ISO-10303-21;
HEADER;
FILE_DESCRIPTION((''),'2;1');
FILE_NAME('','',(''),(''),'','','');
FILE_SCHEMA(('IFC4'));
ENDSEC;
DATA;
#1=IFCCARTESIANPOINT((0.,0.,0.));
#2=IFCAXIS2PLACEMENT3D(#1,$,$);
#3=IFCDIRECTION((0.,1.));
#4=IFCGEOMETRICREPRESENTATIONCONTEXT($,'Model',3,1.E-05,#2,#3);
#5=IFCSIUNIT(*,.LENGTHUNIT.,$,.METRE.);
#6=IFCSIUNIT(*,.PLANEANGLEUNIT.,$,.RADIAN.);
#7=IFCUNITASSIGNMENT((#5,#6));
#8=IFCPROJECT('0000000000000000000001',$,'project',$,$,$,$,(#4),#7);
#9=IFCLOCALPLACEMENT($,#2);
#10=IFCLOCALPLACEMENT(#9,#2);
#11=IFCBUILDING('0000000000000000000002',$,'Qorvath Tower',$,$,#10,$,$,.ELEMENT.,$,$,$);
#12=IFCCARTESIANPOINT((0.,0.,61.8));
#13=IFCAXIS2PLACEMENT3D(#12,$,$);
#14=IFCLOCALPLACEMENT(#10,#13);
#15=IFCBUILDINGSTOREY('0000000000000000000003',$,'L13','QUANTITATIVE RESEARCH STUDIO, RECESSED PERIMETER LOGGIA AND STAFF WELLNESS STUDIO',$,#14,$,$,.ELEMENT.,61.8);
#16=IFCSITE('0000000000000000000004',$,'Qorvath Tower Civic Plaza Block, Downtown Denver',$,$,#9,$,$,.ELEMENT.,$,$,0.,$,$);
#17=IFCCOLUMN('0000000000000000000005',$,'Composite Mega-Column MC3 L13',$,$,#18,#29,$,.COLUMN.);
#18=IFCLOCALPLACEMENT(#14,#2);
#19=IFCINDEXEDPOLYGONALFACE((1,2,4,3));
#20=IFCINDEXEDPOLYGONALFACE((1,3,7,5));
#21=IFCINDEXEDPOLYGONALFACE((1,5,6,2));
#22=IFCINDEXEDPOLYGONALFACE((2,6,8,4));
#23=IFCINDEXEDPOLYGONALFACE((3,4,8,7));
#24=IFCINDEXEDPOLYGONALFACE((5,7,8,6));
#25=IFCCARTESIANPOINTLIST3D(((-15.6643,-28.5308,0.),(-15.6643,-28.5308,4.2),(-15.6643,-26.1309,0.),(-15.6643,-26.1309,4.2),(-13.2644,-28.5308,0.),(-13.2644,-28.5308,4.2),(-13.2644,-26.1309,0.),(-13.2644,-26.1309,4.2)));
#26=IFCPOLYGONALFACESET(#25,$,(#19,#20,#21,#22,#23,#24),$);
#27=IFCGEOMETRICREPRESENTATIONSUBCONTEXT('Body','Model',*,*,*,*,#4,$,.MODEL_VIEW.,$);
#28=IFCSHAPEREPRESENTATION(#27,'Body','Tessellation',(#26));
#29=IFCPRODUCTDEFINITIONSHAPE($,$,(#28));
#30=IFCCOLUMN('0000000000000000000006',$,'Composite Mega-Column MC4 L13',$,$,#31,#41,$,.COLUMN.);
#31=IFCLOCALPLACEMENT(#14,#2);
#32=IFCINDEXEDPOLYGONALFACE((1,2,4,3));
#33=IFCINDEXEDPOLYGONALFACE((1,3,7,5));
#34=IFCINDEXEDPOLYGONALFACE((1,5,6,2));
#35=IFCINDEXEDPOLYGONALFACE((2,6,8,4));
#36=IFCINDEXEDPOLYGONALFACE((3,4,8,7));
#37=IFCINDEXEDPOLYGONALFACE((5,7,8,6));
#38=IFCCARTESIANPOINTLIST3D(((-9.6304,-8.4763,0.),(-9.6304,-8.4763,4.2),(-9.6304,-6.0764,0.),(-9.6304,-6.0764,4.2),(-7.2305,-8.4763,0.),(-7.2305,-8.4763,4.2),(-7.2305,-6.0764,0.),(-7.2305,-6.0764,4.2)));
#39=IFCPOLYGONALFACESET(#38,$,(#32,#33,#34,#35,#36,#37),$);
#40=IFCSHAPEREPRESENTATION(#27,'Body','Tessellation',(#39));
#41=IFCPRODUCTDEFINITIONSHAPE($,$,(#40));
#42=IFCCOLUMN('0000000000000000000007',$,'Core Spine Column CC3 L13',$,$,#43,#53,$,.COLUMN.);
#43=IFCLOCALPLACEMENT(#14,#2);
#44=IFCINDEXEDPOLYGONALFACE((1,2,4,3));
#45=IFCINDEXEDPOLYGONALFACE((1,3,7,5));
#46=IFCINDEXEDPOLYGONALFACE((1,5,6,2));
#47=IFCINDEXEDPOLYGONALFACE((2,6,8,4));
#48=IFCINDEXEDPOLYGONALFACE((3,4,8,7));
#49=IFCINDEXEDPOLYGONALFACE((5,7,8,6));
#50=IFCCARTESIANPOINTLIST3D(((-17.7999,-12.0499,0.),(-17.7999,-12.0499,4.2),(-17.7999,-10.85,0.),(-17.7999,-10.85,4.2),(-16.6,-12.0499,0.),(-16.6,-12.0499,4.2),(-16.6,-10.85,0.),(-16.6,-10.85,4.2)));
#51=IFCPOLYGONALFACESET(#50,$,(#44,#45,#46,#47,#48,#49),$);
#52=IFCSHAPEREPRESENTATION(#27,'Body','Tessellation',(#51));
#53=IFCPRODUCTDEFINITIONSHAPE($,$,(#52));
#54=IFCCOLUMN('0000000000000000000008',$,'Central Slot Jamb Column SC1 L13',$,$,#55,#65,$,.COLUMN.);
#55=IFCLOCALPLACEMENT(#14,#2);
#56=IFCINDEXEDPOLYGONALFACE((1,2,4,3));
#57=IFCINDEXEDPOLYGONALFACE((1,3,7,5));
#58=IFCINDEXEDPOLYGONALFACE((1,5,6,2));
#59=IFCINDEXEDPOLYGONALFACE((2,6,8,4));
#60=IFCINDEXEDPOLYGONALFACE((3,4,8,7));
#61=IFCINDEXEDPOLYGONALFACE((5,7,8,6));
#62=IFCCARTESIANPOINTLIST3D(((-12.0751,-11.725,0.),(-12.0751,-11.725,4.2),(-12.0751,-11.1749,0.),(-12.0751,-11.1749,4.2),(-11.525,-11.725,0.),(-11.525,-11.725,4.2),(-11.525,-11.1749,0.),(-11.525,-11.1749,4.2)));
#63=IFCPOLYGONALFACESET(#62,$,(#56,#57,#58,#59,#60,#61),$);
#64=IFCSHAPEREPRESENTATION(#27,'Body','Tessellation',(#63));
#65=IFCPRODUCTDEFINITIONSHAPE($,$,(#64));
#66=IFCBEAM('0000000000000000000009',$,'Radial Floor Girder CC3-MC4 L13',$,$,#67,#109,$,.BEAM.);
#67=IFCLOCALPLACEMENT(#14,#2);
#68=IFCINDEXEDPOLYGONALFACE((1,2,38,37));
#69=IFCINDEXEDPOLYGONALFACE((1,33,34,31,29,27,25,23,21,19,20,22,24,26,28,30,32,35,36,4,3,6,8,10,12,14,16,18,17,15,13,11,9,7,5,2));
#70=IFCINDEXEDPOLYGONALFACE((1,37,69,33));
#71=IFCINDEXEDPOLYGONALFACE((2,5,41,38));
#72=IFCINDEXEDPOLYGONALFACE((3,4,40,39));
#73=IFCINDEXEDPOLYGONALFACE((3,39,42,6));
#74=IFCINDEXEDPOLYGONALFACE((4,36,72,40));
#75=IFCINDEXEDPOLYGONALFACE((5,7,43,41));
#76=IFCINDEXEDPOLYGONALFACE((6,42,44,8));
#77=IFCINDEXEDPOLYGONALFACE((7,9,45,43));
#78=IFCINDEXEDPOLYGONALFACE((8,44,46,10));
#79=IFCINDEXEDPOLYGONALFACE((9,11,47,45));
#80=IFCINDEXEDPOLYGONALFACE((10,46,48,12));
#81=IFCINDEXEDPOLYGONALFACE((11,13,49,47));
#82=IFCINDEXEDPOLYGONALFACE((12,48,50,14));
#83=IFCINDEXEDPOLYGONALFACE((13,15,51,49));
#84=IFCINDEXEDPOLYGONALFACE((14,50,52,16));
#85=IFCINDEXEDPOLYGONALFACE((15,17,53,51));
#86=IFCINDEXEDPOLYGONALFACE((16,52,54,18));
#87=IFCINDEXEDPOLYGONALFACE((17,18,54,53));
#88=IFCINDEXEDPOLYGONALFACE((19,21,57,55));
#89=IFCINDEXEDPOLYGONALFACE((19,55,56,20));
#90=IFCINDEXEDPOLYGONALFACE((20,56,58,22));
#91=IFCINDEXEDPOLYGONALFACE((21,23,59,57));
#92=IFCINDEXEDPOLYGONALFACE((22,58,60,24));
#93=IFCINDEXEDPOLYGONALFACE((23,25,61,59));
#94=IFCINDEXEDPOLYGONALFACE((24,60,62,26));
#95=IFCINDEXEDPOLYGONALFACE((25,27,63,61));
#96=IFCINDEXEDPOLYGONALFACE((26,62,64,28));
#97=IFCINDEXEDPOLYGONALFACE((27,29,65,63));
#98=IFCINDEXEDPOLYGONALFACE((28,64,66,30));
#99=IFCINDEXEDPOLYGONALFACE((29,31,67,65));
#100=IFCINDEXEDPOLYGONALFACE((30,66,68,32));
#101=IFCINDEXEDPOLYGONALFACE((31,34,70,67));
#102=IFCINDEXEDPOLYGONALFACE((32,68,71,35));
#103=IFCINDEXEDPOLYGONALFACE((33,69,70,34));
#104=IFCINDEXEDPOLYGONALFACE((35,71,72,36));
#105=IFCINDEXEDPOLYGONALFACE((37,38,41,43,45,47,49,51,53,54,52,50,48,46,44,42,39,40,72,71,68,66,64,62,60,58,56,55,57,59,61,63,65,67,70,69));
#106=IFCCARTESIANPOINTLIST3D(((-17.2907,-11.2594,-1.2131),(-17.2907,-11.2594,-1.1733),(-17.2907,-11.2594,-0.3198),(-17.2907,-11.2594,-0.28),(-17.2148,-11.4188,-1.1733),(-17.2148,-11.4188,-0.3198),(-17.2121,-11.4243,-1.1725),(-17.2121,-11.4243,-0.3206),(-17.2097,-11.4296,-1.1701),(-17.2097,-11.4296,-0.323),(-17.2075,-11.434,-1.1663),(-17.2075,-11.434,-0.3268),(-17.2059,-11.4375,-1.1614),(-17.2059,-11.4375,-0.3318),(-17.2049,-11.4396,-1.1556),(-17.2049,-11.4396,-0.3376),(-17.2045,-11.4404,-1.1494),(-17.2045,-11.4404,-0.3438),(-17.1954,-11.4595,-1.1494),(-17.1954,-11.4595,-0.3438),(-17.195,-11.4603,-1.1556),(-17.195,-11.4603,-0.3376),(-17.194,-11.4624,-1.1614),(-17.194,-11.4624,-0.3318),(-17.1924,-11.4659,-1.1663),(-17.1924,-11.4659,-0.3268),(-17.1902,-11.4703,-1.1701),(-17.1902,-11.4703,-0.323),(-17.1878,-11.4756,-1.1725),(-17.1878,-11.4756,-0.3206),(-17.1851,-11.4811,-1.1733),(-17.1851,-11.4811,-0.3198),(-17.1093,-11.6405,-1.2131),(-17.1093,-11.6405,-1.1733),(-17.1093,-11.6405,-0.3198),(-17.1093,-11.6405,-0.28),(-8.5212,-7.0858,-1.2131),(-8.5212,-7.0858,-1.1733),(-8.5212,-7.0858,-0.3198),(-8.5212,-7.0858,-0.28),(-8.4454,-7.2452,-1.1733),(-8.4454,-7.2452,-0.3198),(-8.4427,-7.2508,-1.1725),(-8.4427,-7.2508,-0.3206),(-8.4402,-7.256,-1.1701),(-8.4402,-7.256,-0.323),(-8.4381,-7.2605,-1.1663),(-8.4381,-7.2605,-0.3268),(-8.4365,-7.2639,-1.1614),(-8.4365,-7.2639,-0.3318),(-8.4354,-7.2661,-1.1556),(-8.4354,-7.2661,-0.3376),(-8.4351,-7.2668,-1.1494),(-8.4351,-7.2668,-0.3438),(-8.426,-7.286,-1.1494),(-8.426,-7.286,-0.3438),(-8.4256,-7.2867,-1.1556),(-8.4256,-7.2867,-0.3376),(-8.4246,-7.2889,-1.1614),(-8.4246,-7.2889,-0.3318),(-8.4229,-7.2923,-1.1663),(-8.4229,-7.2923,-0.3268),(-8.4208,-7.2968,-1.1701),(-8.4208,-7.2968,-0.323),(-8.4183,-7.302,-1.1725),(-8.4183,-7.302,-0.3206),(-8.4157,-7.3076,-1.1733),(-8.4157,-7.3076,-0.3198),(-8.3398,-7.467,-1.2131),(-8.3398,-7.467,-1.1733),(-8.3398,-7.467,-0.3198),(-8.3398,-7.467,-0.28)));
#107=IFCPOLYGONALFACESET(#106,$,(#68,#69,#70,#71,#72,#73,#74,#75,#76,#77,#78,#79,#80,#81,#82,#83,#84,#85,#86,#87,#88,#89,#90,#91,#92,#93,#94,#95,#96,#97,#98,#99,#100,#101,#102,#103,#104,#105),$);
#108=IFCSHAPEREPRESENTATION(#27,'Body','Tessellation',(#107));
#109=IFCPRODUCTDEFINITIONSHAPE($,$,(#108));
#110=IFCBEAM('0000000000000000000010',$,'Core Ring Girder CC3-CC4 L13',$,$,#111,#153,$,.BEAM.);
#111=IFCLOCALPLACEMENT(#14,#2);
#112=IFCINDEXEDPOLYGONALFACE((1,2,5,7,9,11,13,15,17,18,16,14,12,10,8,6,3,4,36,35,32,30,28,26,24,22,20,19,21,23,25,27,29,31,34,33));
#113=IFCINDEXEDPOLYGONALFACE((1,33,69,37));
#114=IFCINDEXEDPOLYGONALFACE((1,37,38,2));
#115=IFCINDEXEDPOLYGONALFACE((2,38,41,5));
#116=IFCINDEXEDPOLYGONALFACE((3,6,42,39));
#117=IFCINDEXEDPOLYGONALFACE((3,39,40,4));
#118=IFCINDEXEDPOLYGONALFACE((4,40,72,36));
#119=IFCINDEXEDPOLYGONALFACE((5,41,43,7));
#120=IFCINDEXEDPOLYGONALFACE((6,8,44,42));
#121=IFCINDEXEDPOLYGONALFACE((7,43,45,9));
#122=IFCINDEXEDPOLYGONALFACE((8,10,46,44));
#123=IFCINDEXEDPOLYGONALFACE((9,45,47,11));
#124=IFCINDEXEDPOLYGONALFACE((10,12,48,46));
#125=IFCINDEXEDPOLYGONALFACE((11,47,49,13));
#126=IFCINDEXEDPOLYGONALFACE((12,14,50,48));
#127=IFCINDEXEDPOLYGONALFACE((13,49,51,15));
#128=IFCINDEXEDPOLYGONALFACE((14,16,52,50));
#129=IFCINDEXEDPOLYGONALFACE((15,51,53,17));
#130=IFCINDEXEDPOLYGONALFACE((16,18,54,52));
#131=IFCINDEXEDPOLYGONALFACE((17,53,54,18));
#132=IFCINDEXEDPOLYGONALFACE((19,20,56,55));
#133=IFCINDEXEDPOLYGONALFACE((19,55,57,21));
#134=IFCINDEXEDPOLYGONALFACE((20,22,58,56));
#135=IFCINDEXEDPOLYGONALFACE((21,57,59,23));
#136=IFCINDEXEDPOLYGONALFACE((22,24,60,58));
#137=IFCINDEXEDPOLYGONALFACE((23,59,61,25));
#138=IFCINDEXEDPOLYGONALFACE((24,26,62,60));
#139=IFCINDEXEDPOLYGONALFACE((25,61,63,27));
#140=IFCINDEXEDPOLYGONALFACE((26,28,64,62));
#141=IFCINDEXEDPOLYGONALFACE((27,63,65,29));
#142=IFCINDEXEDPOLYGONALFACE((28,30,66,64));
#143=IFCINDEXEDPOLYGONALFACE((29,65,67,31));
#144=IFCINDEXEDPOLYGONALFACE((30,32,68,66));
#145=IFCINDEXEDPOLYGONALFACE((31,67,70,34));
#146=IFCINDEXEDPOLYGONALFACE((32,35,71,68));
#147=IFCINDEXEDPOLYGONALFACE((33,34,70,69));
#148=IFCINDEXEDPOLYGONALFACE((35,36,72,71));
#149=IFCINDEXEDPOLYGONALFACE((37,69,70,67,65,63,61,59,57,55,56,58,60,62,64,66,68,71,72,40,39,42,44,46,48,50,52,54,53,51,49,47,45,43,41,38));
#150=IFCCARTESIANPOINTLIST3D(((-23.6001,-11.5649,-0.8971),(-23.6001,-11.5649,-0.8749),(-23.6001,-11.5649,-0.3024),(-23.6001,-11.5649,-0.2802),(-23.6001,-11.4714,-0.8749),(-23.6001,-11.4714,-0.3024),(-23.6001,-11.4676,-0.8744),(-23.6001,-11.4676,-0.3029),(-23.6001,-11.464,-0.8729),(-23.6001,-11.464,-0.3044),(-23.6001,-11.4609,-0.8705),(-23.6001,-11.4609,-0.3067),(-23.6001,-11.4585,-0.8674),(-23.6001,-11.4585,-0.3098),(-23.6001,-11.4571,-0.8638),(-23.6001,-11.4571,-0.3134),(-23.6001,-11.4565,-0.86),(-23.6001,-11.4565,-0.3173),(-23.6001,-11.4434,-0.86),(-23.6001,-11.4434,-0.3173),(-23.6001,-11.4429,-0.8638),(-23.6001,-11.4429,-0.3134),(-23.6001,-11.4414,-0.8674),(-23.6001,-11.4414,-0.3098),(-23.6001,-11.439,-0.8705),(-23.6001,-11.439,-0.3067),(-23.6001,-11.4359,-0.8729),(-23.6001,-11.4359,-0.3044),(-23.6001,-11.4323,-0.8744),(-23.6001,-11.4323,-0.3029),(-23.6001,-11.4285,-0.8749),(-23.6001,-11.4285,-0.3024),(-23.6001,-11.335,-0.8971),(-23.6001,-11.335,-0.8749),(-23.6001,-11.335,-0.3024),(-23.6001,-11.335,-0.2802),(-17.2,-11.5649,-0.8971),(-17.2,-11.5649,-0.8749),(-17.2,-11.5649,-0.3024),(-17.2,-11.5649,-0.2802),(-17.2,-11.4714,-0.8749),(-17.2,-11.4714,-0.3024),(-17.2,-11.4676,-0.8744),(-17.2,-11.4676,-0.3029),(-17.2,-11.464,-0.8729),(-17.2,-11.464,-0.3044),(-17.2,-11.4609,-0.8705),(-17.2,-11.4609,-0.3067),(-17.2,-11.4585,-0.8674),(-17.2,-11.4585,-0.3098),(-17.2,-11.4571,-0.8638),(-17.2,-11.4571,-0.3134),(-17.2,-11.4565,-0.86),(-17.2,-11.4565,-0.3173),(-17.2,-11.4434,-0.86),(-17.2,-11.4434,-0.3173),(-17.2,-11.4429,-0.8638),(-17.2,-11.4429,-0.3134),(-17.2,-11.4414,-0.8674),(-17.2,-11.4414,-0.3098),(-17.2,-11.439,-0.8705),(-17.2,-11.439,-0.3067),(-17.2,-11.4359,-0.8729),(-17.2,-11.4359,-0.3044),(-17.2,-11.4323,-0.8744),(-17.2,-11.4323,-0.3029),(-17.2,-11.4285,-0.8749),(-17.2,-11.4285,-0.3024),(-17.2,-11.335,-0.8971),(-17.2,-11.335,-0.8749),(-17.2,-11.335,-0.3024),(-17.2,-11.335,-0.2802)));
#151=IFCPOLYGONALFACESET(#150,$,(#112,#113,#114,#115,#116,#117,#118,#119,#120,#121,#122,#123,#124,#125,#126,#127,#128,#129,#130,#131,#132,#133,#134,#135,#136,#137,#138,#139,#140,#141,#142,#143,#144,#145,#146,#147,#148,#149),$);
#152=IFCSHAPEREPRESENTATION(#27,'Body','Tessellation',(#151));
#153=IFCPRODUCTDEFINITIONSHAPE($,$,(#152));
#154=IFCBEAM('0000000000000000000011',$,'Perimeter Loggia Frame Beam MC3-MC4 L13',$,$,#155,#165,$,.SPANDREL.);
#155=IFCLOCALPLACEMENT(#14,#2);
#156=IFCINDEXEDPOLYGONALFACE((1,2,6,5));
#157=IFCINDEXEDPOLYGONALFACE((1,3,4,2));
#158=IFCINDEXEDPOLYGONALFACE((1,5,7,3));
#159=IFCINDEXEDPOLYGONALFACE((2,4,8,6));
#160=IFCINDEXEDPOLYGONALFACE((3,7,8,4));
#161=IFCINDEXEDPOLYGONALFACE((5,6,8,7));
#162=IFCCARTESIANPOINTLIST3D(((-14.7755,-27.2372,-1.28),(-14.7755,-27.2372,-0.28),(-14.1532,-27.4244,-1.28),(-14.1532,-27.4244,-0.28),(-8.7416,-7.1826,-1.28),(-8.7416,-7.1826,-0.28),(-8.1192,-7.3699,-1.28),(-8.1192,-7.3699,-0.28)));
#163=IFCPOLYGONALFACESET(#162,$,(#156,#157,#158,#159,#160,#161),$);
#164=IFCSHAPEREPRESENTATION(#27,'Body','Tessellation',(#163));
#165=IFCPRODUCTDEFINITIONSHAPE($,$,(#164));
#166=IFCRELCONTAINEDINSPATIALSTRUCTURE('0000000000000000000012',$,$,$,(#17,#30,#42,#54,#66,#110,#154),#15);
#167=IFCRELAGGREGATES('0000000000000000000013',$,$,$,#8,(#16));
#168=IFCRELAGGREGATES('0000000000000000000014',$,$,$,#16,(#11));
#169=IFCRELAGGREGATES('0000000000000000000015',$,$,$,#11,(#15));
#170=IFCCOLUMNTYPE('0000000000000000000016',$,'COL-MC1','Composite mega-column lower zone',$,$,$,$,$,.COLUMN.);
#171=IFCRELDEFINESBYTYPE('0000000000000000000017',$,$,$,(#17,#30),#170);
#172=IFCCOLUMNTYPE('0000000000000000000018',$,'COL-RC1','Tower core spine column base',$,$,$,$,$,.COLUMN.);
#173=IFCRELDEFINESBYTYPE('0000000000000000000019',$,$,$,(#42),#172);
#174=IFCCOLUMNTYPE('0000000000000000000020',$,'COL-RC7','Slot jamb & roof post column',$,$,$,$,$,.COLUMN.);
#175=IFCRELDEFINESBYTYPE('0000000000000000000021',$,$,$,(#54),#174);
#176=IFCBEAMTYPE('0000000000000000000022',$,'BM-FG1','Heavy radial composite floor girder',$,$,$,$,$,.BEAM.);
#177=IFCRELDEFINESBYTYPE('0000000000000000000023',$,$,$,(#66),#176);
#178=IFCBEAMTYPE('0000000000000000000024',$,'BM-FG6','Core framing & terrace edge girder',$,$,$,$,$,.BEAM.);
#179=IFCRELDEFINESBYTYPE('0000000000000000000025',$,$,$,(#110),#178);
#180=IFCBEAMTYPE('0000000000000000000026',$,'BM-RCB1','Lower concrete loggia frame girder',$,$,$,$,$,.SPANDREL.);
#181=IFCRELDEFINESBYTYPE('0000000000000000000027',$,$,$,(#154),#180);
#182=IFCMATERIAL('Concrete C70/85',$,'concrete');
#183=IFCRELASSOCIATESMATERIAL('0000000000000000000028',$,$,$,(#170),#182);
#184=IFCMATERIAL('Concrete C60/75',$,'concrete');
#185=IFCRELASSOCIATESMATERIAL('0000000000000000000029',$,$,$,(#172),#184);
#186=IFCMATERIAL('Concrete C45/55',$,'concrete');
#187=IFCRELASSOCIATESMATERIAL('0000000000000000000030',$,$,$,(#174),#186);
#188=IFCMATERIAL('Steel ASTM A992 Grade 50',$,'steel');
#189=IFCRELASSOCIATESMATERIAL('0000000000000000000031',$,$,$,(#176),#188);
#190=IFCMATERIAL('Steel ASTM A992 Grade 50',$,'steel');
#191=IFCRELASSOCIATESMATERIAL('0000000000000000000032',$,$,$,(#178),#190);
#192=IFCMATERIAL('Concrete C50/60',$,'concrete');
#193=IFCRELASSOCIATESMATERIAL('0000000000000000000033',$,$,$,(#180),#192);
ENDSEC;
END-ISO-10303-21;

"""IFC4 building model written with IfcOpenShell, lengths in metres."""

from ifc_helpers import new_model, si_unit, direction, frame, origin, origin_2d, place, context, subcontext, project, spatial, rectangle, i_section, extrude, material, material_profile, profile_set, type_object, element, save


model = new_model("IFC4")

# Units and contexts
model_context = context("Model", 3, precision=1e-05, world=origin(), true_north=direction((0.0, 1.0)))
body_context = subcontext(model_context, "Body", "Model", "MODEL_VIEW")
ifc_project = project(units=[si_unit("LENGTHUNIT", "METRE"), si_unit("PLANEANGLEUNIT", "RADIAN")], contexts=[model_context])

# Site, building, storey
site_placement = place(None, origin())
site = spatial("IfcSite", under=ifc_project, at=site_placement, Name="Qorvath Tower Civic Plaza Block, Downtown Denver", CompositionType="ELEMENT", RefElevation=0.0)
building_placement = place(site_placement, origin())
building = spatial("IfcBuilding", under=site, at=building_placement, Name="Qorvath Tower", CompositionType="ELEMENT")
storey_placement = place(building_placement, frame((0.0, 0.0, 61.8)))
storey = spatial("IfcBuildingStorey", under=building, at=storey_placement, Name="L13", Description="QUANTITATIVE RESEARCH STUDIO, RECESSED PERIMETER LOGGIA AND STAFF WELLNESS STUDIO", CompositionType="ELEMENT", Elevation=61.8)

# Columns
ifc_material_1 = material(Name="Concrete C70/85", Category="concrete")
ifc_material_profile_1 = material_profile(ifc_material_1, rectangle(XDim=2.3999, YDim=2.3999, at=origin_2d()), Name="MC 2400x2400")
ifc_profile_set_1 = profile_set([ifc_material_profile_1], Name="Concrete C70/85")
column_type_1 = type_object("IfcColumnType", Name="COL-MC1", Description="Composite mega-column lower zone", PredefinedType="COLUMN", material=ifc_profile_set_1)
for number, where, z_axis, x_axis, name in (
    (1, (-14.4644, -27.3308, 0.0), (0.0, 0.0, 1.0), (1.0, 0.0, 0.0), "Composite Mega-Column MC3 L13"),
    (2, (-8.4304, -7.2764, 0.0), (0.0, 0.0, 1.0), (1.0, 0.0, 0.0), "Composite Mega-Column MC4 L13"),
):
    element("IfcColumn", number, at=place(storey_placement, frame(where, z_axis=z_axis, x_axis=x_axis)), inside=storey, type_object=column_type_1, Name=name, PredefinedType="COLUMN", context=body_context, shape_type="SweptSolid", body=[
        extrude(rectangle(XDim=2.3999, YDim=2.3999, at=origin_2d()), origin(), (0.0, 0.0, 1.0), 4.2),
    ])
ifc_material_2 = material(Name="Concrete C60/75", Category="concrete")
ifc_material_profile_2 = material_profile(ifc_material_2, rectangle(XDim=1.2, YDim=1.2, at=origin_2d()), Name="RC 1200x1200")
ifc_profile_set_2 = profile_set([ifc_material_profile_2], Name="Concrete C60/75")
column_type_2 = type_object("IfcColumnType", Name="COL-RC1", Description="Tower core spine column base", PredefinedType="COLUMN", material=ifc_profile_set_2)
column_1_placement = place(storey_placement, frame((-17.2, -11.45, 0.0), z_axis=(0.0, 0.0, 1.0), x_axis=(1.0, 0.0, 0.0)))
element("IfcColumn", 3, at=column_1_placement, inside=storey, type_object=column_type_2, Name="Core Spine Column CC3 L13", PredefinedType="COLUMN", context=body_context, shape_type="SweptSolid", body=[
    extrude(rectangle(XDim=1.2, YDim=1.2, at=origin_2d()), origin(), (0.0, 0.0, 1.0), 4.2),
])
ifc_material_3 = material(Name="Concrete C45/55", Category="concrete")
ifc_material_profile_3 = material_profile(ifc_material_3, rectangle(XDim=0.55, YDim=0.55, at=origin_2d()), Name="RC 550x550")
ifc_profile_set_3 = profile_set([ifc_material_profile_3], Name="Concrete C45/55")
column_type_3 = type_object("IfcColumnType", Name="COL-RC7", Description="Slot jamb & roof post column", PredefinedType="COLUMN", material=ifc_profile_set_3)
column_2_placement = place(storey_placement, frame((-11.8, -11.45, 0.0), z_axis=(0.0, 0.0, 1.0), x_axis=(1.0, 0.0, 0.0)))
element("IfcColumn", 4, at=column_2_placement, inside=storey, type_object=column_type_3, Name="Central Slot Jamb Column SC1 L13", PredefinedType="COLUMN", context=body_context, shape_type="SweptSolid", body=[
    extrude(rectangle(XDim=0.55, YDim=0.55, at=origin_2d()), origin(), (0.0, 0.0, 1.0), 4.2),
])

# Beams
ifc_material_4 = material(Name="Steel ASTM A992 Grade 50", Category="steel")
ifc_material_profile_4 = material_profile(ifc_material_4, i_section(OverallWidth=0.4221, OverallDepth=0.9331, WebThickness=0.0212, FlangeThickness=0.0398, FilletRadius=0.0239, at=origin_2d()), Name="W36x262")
ifc_profile_set_4 = profile_set([ifc_material_profile_4], Name="Steel ASTM A992 Grade 50")
beam_type_1 = type_object("IfcBeamType", Name="BM-FG1", Description="Heavy radial composite floor girder", PredefinedType="BEAM", material=ifc_profile_set_4)
beam_1_placement = place(storey_placement, frame((-17.2, -11.45, -0.7466), z_axis=(0.902956, 0.429734, 0.0), x_axis=(-0.429734, 0.902956, 0.0)))
element("IfcBeam", 5, at=beam_1_placement, inside=storey, type_object=beam_type_1, Name="Radial Floor Girder CC3-MC4 L13", PredefinedType="BEAM", context=body_context, shape_type="SweptSolid", body=[
    extrude(i_section(OverallWidth=0.4221, OverallDepth=0.9331, WebThickness=0.0212, FlangeThickness=0.0398, FilletRadius=0.0239, at=origin_2d()), origin(), (0.0, 0.0, 1.0), 9.7119),
])
ifc_material_5 = material(Name="Steel ASTM A992 Grade 50", Category="steel")
ifc_material_profile_5 = material_profile(ifc_material_5, i_section(OverallWidth=0.23, OverallDepth=0.6169, WebThickness=0.0132, FlangeThickness=0.0222, FilletRadius=0.0149, at=origin_2d()), Name="W24x94")
ifc_profile_set_5 = profile_set([ifc_material_profile_5], Name="Steel ASTM A992 Grade 50")
beam_type_2 = type_object("IfcBeamType", Name="BM-FG6", Description="Core framing & terrace edge girder", PredefinedType="BEAM", material=ifc_profile_set_5)
beam_2_placement = place(storey_placement, frame((-17.2, -11.45, -0.5886), z_axis=(-1.0, 0.0, 0.0), x_axis=(0.0, -1.0, 0.0)))
element("IfcBeam", 6, at=beam_2_placement, inside=storey, type_object=beam_type_2, Name="Core Ring Girder CC3-CC4 L13", PredefinedType="BEAM", context=body_context, shape_type="SweptSolid", body=[
    extrude(i_section(OverallWidth=0.23, OverallDepth=0.6169, WebThickness=0.0132, FlangeThickness=0.0222, FilletRadius=0.0149, at=origin_2d()), origin(), (0.0, 0.0, 1.0), 6.4001),
])
ifc_material_6 = material(Name="Concrete C50/60", Category="concrete")
ifc_material_profile_6 = material_profile(ifc_material_6, rectangle(XDim=0.6499, YDim=1.0, at=origin_2d()), Name="RCB 1000x650")
ifc_profile_set_6 = profile_set([ifc_material_profile_6], Name="Concrete C50/60")
beam_type_3 = type_object("IfcBeamType", Name="BM-RCB1", Description="Lower concrete loggia frame girder", PredefinedType="SPANDREL", material=ifc_profile_set_6)
beam_3_placement = place(storey_placement, frame((-14.4644, -27.3308, -0.78), z_axis=(0.288119, 0.957595, 0.0), x_axis=(-0.957595, 0.288119, 0.0)))
element("IfcBeam", 7, at=beam_3_placement, inside=storey, type_object=beam_type_3, Name="Perimeter Loggia Frame Beam MC3-MC4 L13", PredefinedType="SPANDREL", context=body_context, shape_type="SweptSolid", body=[
    extrude(rectangle(XDim=0.6499, YDim=1.0, at=origin_2d()), origin(), (0.0, 0.0, 1.0), 20.9426),
])

save(model, "model.ifc")
